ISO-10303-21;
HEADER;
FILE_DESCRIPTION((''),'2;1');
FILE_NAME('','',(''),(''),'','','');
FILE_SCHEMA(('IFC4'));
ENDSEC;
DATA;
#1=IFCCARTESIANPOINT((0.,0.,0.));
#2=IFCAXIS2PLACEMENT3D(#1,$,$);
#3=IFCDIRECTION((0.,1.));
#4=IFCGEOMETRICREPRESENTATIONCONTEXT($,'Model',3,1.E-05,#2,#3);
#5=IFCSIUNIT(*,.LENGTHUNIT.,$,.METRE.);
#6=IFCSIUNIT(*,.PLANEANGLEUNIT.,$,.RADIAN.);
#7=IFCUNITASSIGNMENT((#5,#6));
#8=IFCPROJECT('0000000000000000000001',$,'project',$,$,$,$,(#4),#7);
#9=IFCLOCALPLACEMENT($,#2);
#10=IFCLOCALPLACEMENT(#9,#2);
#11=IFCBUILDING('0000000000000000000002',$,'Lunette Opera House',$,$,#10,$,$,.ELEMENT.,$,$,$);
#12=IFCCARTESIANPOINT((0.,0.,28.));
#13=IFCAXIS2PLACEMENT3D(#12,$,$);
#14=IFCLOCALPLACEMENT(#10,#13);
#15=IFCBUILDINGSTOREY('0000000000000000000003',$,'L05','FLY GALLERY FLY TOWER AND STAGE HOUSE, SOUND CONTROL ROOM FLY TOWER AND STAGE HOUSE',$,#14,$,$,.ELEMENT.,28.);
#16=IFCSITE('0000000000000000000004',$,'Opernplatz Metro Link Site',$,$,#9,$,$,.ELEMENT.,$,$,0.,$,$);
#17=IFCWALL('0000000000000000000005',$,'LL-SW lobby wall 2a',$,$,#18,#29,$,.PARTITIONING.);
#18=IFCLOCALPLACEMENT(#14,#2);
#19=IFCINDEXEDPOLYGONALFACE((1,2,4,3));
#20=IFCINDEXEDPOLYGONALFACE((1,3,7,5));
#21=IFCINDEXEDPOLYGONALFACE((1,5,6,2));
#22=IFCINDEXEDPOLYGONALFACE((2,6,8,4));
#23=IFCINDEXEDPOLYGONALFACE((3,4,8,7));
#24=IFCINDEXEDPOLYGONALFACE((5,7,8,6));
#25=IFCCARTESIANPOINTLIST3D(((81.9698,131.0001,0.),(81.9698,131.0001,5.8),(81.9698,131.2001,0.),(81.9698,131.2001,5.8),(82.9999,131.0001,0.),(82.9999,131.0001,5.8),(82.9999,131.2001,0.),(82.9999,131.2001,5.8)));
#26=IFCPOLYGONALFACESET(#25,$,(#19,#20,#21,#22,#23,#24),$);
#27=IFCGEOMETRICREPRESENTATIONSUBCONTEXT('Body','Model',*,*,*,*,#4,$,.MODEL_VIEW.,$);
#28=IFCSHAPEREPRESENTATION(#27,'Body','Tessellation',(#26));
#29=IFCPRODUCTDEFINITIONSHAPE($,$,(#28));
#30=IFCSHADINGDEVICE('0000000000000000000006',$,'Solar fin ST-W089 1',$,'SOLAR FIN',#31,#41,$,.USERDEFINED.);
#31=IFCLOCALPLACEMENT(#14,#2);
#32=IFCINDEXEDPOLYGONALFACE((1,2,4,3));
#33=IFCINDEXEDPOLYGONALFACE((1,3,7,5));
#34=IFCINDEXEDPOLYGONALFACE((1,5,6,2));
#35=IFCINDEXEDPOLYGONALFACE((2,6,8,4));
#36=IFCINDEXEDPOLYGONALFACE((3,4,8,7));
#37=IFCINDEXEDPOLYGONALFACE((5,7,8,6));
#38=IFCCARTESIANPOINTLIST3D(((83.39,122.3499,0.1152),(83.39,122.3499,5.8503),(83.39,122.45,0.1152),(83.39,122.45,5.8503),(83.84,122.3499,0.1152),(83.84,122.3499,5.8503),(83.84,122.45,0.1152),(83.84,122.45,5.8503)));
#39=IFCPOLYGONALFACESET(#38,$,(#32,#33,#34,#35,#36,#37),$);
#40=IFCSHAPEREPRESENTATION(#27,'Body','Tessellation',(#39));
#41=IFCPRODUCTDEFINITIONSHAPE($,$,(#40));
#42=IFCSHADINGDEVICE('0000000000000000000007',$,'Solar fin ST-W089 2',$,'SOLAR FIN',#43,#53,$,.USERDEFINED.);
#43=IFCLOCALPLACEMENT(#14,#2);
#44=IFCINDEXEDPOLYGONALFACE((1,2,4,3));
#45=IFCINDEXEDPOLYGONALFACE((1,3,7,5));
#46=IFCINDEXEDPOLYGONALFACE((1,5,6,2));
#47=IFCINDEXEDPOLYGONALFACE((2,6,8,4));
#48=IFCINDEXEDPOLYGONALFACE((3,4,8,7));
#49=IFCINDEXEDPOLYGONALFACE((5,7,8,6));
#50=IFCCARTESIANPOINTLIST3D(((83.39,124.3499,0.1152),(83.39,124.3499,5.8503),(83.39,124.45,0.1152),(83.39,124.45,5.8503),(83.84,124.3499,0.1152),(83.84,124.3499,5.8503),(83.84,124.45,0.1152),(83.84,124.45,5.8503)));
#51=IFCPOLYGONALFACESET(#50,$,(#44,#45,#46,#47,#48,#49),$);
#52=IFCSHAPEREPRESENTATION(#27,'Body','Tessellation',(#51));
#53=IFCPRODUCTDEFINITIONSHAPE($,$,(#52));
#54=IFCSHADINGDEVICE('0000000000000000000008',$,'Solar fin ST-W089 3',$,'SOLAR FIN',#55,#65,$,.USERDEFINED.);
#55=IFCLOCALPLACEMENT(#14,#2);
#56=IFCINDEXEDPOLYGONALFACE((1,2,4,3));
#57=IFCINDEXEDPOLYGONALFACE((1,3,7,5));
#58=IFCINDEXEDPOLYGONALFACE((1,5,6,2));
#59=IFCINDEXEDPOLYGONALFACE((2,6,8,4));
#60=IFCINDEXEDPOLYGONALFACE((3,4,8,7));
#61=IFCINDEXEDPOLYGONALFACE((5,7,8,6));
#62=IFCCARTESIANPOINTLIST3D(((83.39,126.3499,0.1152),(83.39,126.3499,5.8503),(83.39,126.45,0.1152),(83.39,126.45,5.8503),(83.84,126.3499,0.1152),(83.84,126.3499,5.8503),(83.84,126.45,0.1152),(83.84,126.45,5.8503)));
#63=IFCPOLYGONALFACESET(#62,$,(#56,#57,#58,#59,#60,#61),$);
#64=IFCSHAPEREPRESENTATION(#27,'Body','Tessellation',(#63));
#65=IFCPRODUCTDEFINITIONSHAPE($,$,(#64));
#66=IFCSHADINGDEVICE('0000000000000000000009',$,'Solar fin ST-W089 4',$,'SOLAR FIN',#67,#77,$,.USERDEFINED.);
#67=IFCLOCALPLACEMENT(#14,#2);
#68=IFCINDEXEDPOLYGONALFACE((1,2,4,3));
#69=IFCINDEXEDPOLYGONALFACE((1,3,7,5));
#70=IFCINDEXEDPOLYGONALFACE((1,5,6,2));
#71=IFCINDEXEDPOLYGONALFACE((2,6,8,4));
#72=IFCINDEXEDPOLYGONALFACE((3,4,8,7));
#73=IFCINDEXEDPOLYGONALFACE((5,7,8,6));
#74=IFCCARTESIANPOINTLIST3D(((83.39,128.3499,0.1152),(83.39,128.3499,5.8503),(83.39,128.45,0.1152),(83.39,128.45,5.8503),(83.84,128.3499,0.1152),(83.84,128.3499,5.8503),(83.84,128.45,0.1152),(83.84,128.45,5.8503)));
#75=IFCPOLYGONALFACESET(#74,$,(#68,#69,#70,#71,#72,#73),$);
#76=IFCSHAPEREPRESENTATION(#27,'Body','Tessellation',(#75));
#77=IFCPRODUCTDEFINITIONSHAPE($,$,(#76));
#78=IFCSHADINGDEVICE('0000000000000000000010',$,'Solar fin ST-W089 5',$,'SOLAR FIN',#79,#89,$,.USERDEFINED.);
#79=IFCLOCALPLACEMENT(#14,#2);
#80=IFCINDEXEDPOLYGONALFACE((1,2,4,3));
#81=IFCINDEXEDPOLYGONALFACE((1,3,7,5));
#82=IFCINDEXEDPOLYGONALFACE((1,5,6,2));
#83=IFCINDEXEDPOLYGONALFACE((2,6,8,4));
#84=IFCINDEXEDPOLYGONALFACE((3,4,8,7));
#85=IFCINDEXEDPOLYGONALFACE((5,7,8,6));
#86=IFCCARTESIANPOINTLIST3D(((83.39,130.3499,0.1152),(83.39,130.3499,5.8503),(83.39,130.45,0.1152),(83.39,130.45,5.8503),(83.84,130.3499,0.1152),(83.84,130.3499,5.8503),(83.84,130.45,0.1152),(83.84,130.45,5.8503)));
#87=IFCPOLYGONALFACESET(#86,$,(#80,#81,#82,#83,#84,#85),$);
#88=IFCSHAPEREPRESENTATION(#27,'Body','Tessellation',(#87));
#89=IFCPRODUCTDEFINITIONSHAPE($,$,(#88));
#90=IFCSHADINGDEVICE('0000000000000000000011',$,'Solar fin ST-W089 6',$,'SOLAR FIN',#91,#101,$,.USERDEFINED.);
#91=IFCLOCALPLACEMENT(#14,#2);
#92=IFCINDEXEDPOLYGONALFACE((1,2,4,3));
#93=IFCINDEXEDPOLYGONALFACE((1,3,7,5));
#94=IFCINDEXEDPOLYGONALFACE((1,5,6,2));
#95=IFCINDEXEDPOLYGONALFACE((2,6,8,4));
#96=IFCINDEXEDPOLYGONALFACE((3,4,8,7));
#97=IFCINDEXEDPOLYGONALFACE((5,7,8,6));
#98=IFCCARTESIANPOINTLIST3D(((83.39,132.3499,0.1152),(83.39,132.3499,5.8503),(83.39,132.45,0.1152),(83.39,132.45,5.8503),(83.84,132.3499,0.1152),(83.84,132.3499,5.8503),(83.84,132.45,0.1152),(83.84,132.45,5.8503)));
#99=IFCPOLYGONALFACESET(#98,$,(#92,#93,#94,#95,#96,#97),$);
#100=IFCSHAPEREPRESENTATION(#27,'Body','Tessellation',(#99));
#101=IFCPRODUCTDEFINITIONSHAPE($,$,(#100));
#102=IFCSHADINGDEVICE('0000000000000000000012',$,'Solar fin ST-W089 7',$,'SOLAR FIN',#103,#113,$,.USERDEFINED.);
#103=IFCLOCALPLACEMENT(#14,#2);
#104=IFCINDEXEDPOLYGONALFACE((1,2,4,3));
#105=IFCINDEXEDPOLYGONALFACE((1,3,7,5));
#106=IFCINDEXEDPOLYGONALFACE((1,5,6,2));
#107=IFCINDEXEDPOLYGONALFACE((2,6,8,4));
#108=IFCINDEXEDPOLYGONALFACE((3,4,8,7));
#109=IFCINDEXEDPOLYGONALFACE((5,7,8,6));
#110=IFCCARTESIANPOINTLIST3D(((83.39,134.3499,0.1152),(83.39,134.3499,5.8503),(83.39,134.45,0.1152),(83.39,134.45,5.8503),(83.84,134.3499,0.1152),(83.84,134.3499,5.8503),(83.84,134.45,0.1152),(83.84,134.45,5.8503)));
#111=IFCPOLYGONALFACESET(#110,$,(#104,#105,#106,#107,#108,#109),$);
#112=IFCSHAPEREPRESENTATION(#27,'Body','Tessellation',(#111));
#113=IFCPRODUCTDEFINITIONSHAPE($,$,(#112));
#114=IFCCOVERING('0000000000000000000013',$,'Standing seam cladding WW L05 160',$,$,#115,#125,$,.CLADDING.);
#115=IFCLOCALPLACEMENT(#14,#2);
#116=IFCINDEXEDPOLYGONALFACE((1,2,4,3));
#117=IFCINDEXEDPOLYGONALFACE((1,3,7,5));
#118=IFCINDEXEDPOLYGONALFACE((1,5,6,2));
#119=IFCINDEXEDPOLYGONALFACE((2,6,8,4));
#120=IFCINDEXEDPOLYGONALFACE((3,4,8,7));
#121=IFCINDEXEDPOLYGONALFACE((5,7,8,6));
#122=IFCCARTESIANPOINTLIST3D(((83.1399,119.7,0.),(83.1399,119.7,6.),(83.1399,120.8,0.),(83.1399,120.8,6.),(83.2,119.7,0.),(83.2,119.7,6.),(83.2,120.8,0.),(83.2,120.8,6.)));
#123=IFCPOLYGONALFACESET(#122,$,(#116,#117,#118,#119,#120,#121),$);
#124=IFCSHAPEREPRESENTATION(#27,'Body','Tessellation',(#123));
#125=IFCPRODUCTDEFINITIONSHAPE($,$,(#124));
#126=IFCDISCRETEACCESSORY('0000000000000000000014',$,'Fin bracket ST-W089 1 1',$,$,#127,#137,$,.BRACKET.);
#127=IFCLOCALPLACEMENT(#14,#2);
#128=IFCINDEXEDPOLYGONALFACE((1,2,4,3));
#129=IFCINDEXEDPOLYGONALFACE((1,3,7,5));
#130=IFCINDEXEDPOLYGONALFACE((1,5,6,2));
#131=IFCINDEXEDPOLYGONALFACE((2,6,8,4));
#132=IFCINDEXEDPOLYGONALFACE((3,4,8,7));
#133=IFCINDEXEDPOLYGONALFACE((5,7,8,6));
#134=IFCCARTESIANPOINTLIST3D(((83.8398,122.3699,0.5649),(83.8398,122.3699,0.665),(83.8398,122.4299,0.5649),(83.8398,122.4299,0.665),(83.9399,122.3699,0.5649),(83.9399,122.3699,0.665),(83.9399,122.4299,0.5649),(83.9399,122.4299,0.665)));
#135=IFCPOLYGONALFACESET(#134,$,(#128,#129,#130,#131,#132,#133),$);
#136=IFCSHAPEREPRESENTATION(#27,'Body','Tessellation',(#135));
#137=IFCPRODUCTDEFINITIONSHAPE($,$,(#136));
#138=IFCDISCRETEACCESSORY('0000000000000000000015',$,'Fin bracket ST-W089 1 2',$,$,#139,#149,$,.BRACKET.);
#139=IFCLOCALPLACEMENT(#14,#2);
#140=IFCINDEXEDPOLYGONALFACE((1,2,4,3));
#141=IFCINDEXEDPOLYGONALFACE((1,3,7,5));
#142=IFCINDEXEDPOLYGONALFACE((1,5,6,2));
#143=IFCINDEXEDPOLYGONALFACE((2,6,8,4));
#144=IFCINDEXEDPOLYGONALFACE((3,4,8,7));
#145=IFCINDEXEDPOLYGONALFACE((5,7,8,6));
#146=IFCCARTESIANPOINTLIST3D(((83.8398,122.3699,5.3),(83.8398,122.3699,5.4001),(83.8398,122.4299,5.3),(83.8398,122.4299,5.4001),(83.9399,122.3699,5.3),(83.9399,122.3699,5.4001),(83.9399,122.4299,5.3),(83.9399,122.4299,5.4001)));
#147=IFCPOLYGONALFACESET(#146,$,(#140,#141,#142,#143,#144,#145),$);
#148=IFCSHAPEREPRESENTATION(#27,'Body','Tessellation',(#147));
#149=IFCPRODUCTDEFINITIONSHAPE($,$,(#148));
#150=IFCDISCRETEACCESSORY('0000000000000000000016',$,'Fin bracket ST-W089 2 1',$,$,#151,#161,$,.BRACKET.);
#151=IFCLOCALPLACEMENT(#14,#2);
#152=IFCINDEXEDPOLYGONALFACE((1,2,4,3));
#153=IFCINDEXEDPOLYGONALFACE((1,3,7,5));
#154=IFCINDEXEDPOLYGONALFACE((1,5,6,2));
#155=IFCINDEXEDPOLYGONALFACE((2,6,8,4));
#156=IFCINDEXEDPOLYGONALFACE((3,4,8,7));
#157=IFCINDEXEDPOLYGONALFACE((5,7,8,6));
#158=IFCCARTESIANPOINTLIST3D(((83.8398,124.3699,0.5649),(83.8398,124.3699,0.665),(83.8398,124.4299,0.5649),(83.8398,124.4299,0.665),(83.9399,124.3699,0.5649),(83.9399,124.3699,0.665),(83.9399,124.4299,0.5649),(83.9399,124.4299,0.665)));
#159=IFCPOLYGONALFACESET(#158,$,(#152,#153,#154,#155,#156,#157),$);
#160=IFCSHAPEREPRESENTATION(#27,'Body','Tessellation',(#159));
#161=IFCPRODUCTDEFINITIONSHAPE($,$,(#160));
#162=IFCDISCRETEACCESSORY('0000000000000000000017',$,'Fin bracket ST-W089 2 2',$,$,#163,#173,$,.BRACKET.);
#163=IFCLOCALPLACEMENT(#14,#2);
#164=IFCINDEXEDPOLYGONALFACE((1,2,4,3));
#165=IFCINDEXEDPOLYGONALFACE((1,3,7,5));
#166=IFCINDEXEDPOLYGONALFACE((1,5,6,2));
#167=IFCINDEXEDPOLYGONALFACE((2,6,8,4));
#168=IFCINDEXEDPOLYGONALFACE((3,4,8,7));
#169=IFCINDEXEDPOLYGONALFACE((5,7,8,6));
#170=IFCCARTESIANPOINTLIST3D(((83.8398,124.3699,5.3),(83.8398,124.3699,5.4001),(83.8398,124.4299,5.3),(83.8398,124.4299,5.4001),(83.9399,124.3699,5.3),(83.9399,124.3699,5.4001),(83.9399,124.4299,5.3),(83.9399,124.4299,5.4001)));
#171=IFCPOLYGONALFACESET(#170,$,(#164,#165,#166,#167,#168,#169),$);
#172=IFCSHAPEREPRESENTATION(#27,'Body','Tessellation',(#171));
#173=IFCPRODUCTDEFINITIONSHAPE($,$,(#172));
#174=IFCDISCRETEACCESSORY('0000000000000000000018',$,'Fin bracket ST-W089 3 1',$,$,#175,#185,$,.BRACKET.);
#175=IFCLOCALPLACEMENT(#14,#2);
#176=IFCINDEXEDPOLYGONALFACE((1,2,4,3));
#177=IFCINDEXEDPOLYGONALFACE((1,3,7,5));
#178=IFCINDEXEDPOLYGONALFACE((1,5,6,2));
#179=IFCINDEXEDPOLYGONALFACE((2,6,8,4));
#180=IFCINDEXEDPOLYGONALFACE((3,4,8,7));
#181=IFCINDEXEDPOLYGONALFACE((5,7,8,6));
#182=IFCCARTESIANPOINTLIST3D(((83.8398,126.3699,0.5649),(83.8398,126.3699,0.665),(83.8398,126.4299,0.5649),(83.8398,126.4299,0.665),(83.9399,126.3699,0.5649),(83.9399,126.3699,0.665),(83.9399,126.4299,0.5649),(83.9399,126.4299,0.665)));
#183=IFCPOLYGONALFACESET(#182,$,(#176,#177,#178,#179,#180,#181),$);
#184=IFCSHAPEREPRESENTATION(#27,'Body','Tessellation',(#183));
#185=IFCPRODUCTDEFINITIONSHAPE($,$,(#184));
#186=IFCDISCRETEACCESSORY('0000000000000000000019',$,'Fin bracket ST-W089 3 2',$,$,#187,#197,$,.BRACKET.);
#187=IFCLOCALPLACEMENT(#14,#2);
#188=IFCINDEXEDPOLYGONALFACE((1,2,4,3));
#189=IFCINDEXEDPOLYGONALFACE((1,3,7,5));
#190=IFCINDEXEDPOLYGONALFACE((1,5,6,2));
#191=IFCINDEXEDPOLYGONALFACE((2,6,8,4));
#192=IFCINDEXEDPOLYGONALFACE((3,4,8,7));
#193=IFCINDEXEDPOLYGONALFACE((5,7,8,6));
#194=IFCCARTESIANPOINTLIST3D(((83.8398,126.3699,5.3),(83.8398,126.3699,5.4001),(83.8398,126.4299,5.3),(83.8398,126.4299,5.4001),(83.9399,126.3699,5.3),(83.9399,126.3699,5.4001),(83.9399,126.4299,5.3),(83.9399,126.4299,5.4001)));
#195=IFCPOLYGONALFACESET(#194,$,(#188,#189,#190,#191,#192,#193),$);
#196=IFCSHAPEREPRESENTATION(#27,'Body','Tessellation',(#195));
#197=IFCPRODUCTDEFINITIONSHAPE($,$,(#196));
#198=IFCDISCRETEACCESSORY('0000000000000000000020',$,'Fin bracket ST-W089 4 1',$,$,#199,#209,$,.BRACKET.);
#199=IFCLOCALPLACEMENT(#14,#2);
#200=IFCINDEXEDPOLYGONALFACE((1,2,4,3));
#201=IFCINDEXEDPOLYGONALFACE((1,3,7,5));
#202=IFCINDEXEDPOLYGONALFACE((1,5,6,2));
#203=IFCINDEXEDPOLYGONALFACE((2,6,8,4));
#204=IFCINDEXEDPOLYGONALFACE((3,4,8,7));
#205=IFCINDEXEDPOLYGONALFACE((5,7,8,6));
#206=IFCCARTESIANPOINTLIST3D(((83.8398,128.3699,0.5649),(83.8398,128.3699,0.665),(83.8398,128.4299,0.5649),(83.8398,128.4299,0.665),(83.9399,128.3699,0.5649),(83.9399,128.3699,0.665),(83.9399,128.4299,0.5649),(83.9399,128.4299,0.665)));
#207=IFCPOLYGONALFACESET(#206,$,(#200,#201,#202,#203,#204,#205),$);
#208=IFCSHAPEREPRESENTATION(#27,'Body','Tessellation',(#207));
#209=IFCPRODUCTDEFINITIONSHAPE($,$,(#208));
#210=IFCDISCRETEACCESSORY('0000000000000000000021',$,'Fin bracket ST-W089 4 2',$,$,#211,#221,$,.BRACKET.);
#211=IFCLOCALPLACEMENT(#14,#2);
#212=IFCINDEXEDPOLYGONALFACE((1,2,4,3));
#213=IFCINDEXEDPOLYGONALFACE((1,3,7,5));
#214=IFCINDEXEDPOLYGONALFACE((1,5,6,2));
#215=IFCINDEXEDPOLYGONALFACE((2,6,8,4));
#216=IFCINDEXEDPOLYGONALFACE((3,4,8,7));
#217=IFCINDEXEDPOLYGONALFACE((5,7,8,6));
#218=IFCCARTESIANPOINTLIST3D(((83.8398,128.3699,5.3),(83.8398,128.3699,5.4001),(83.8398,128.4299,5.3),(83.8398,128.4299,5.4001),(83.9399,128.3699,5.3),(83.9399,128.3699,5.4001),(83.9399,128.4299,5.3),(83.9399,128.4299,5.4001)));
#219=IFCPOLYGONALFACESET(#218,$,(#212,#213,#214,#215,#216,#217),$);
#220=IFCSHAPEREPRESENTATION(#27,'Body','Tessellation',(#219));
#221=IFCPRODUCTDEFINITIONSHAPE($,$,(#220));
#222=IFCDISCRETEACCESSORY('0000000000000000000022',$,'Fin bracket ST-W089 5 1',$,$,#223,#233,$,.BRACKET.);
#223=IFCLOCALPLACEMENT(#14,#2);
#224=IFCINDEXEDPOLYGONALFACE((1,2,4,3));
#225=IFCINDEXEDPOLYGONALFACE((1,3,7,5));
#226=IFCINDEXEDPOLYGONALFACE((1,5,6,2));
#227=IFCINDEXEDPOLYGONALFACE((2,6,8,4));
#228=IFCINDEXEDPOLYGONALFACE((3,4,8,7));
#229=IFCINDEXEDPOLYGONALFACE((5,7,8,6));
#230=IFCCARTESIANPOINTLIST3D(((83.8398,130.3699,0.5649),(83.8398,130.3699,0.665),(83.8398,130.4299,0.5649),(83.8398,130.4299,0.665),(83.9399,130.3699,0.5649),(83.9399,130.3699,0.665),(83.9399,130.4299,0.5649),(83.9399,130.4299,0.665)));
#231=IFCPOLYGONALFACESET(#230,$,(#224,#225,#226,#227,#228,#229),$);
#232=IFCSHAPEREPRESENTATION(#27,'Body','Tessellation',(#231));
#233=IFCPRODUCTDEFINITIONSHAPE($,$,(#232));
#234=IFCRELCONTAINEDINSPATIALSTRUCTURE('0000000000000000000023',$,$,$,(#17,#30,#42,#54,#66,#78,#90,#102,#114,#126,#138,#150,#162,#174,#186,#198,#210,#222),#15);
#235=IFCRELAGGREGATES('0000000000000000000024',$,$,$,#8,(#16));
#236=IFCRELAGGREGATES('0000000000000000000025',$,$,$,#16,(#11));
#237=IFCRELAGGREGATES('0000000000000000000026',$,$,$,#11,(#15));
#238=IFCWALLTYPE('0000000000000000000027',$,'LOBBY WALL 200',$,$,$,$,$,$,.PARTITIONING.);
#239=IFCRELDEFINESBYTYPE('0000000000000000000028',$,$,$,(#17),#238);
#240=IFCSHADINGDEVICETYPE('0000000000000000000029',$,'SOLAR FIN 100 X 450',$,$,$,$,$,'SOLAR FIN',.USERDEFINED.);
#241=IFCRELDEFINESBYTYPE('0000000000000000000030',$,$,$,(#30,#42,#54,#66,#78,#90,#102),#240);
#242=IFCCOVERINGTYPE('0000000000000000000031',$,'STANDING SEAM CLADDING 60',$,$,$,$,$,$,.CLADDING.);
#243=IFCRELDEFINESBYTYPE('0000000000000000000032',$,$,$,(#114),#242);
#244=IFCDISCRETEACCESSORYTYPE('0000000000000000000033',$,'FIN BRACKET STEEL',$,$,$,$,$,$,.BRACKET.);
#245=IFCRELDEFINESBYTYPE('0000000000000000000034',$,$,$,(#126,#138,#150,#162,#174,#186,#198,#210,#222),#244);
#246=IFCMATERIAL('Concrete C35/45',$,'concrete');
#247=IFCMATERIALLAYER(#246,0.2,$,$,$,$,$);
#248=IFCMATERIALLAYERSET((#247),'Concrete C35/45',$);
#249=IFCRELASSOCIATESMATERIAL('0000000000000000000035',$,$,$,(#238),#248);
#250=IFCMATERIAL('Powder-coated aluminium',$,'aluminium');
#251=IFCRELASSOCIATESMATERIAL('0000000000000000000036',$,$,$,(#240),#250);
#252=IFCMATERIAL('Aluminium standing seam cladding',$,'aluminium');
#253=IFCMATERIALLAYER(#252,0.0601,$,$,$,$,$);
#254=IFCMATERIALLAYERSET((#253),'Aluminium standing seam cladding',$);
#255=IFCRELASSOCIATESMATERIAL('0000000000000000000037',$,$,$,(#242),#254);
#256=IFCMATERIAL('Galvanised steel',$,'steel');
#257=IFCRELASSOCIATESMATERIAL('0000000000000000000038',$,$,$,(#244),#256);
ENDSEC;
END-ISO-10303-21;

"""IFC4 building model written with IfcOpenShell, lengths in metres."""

from ifc_helpers import new_model, si_unit, direction, frame, frame_2d, origin, origin_2d, place, context, subcontext, project, spatial, rectangle, extrude, material, layer, layer_set, type_object, element, save


model = new_model("IFC4")

# Units and contexts
model_context = context("Model", 3, precision=1e-05, world=origin(), true_north=direction((0.0, 1.0)))
body_context = subcontext(model_context, "Body", "Model", "MODEL_VIEW")
ifc_project = project(units=[si_unit("LENGTHUNIT", "METRE"), si_unit("PLANEANGLEUNIT", "RADIAN")], contexts=[model_context])

# Site, building, storey
site_placement = place(None, origin())
site = spatial("IfcSite", under=ifc_project, at=site_placement, Name="Opernplatz Metro Link Site", CompositionType="ELEMENT", RefElevation=0.0)
building_placement = place(site_placement, origin())
building = spatial("IfcBuilding", under=site, at=building_placement, Name="Lunette Opera House", CompositionType="ELEMENT")
storey_placement = place(building_placement, frame((0.0, 0.0, 28.0)))
storey = spatial("IfcBuildingStorey", under=building, at=storey_placement, Name="L05", Description="FLY GALLERY FLY TOWER AND STAGE HOUSE, SOUND CONTROL ROOM FLY TOWER AND STAGE HOUSE", CompositionType="ELEMENT", Elevation=28.0)

# Wall
ifc_material_1 = material(Name="Concrete C35/45", Category="concrete")
ifc_layer_1 = layer(ifc_material_1, 0.2)
ifc_layer_set_1 = layer_set([ifc_layer_1], Name="Concrete C35/45")
wall_type = type_object("IfcWallType", Name="LOBBY WALL 200", PredefinedType="PARTITIONING", material=ifc_layer_set_1)
wall_placement = place(storey_placement, frame((83.0, 131.1001, 0.0), z_axis=(0.0, 0.0, 1.0), x_axis=(-1.0, 0.0, 0.0)))
element("IfcWall", 1, at=wall_placement, inside=storey, type_object=wall_type, Name="LL-SW lobby wall 2a", PredefinedType="PARTITIONING", context=body_context, shape_type="SweptSolid", body=[
    extrude(rectangle(XDim=1.03, YDim=0.2, at=frame_2d((0.5151, 0.0))), origin(), (0.0, 0.0, 1.0), 5.8),
])

# Shading devices
ifc_material_2 = material(Name="Powder-coated aluminium", Category="aluminium")
shading_device_type = type_object("IfcShadingDeviceType", Name="SOLAR FIN 100 X 450", ElementType="SOLAR FIN", PredefinedType="USERDEFINED", material=ifc_material_2)
for number, where, z_axis, x_axis, name in (
    (2, (83.615, 122.3999, 0.1152), (0.0, 0.0, 1.0), (-1.0, 0.0, 0.0), "Solar fin ST-W089 1"),
    (3, (83.615, 124.3999, 0.1152), (0.0, 0.0, 1.0), (-1.0, 0.0, 0.0), "Solar fin ST-W089 2"),
    (4, (83.615, 126.3999, 0.1152), (0.0, 0.0, 1.0), (-1.0, 0.0, 0.0), "Solar fin ST-W089 3"),
    (5, (83.615, 128.3999, 0.1152), (0.0, 0.0, 1.0), (-1.0, 0.0, 0.0), "Solar fin ST-W089 4"),
    (6, (83.615, 130.3999, 0.1152), (0.0, 0.0, 1.0), (-1.0, 0.0, 0.0), "Solar fin ST-W089 5"),
    (7, (83.615, 132.3999, 0.1152), (0.0, 0.0, 1.0), (-1.0, 0.0, 0.0), "Solar fin ST-W089 6"),
    (8, (83.615, 134.3999, 0.1152), (0.0, 0.0, 1.0), (-1.0, 0.0, 0.0), "Solar fin ST-W089 7"),
):
    element("IfcShadingDevice", number, at=place(storey_placement, frame(where, z_axis=z_axis, x_axis=x_axis)), inside=storey, type_object=shading_device_type, Name=name, ObjectType="SOLAR FIN", PredefinedType="USERDEFINED", context=body_context, shape_type="SweptSolid", body=[
        extrude(rectangle(XDim=0.45, YDim=0.1001, at=origin_2d()), origin(), (0.0, 0.0, 1.0), 5.7351),
    ])

# Covering
ifc_material_3 = material(Name="Aluminium standing seam cladding", Category="aluminium")
ifc_layer_2 = layer(ifc_material_3, 0.0601)
ifc_layer_set_2 = layer_set([ifc_layer_2], Name="Aluminium standing seam cladding")
covering_type = type_object("IfcCoveringType", Name="STANDING SEAM CLADDING 60", PredefinedType="CLADDING", material=ifc_layer_set_2)
covering_placement = place(storey_placement, frame((83.1699, 120.25, 0.0), z_axis=(0.0, 0.0, 1.0), x_axis=(0.0, 1.0, 0.0)))
element("IfcCovering", 9, at=covering_placement, inside=storey, type_object=covering_type, Name="Standing seam cladding WW L05 160", PredefinedType="CLADDING", context=body_context, shape_type="SweptSolid", body=[
    extrude(rectangle(XDim=1.1001, YDim=0.0601, at=origin_2d()), origin(), (0.0, 0.0, 1.0), 6.0),
])

# Discrete accessories
ifc_material_4 = material(Name="Galvanised steel", Category="steel")
discrete_accessory_type = type_object("IfcDiscreteAccessoryType", Name="FIN BRACKET STEEL", PredefinedType="BRACKET", material=ifc_material_4)
for number, where, z_axis, x_axis, name in (
    (10, (83.8899, 122.3999, 0.5649), (0.0, 0.0, 1.0), (-1.0, 0.0, 0.0), "Fin bracket ST-W089 1 1"),
    (11, (83.8899, 122.3999, 5.3), (0.0, 0.0, 1.0), (-1.0, 0.0, 0.0), "Fin bracket ST-W089 1 2"),
    (12, (83.8899, 124.3999, 0.5649), (0.0, 0.0, 1.0), (-1.0, 0.0, 0.0), "Fin bracket ST-W089 2 1"),
    (13, (83.8899, 124.3999, 5.3), (0.0, 0.0, 1.0), (-1.0, 0.0, 0.0), "Fin bracket ST-W089 2 2"),
    (14, (83.8899, 126.3999, 0.5649), (0.0, 0.0, 1.0), (-1.0, 0.0, 0.0), "Fin bracket ST-W089 3 1"),
    (15, (83.8899, 126.3999, 5.3), (0.0, 0.0, 1.0), (-1.0, 0.0, 0.0), "Fin bracket ST-W089 3 2"),
    (16, (83.8899, 128.3999, 0.5649), (0.0, 0.0, 1.0), (-1.0, 0.0, 0.0), "Fin bracket ST-W089 4 1"),
    (17, (83.8899, 128.3999, 5.3), (0.0, 0.0, 1.0), (-1.0, 0.0, 0.0), "Fin bracket ST-W089 4 2"),
    (18, (83.8899, 130.3999, 0.5649), (0.0, 0.0, 1.0), (-1.0, 0.0, 0.0), "Fin bracket ST-W089 5 1"),
):
    element("IfcDiscreteAccessory", number, at=place(storey_placement, frame(where, z_axis=z_axis, x_axis=x_axis)), inside=storey, type_object=discrete_accessory_type, Name=name, PredefinedType="BRACKET", context=body_context, shape_type="SweptSolid", body=[
        extrude(rectangle(XDim=0.1001, YDim=0.0601, at=origin_2d()), origin(), (0.0, 0.0, 1.0), 0.1001),
    ])

save(model, "model.ifc")
